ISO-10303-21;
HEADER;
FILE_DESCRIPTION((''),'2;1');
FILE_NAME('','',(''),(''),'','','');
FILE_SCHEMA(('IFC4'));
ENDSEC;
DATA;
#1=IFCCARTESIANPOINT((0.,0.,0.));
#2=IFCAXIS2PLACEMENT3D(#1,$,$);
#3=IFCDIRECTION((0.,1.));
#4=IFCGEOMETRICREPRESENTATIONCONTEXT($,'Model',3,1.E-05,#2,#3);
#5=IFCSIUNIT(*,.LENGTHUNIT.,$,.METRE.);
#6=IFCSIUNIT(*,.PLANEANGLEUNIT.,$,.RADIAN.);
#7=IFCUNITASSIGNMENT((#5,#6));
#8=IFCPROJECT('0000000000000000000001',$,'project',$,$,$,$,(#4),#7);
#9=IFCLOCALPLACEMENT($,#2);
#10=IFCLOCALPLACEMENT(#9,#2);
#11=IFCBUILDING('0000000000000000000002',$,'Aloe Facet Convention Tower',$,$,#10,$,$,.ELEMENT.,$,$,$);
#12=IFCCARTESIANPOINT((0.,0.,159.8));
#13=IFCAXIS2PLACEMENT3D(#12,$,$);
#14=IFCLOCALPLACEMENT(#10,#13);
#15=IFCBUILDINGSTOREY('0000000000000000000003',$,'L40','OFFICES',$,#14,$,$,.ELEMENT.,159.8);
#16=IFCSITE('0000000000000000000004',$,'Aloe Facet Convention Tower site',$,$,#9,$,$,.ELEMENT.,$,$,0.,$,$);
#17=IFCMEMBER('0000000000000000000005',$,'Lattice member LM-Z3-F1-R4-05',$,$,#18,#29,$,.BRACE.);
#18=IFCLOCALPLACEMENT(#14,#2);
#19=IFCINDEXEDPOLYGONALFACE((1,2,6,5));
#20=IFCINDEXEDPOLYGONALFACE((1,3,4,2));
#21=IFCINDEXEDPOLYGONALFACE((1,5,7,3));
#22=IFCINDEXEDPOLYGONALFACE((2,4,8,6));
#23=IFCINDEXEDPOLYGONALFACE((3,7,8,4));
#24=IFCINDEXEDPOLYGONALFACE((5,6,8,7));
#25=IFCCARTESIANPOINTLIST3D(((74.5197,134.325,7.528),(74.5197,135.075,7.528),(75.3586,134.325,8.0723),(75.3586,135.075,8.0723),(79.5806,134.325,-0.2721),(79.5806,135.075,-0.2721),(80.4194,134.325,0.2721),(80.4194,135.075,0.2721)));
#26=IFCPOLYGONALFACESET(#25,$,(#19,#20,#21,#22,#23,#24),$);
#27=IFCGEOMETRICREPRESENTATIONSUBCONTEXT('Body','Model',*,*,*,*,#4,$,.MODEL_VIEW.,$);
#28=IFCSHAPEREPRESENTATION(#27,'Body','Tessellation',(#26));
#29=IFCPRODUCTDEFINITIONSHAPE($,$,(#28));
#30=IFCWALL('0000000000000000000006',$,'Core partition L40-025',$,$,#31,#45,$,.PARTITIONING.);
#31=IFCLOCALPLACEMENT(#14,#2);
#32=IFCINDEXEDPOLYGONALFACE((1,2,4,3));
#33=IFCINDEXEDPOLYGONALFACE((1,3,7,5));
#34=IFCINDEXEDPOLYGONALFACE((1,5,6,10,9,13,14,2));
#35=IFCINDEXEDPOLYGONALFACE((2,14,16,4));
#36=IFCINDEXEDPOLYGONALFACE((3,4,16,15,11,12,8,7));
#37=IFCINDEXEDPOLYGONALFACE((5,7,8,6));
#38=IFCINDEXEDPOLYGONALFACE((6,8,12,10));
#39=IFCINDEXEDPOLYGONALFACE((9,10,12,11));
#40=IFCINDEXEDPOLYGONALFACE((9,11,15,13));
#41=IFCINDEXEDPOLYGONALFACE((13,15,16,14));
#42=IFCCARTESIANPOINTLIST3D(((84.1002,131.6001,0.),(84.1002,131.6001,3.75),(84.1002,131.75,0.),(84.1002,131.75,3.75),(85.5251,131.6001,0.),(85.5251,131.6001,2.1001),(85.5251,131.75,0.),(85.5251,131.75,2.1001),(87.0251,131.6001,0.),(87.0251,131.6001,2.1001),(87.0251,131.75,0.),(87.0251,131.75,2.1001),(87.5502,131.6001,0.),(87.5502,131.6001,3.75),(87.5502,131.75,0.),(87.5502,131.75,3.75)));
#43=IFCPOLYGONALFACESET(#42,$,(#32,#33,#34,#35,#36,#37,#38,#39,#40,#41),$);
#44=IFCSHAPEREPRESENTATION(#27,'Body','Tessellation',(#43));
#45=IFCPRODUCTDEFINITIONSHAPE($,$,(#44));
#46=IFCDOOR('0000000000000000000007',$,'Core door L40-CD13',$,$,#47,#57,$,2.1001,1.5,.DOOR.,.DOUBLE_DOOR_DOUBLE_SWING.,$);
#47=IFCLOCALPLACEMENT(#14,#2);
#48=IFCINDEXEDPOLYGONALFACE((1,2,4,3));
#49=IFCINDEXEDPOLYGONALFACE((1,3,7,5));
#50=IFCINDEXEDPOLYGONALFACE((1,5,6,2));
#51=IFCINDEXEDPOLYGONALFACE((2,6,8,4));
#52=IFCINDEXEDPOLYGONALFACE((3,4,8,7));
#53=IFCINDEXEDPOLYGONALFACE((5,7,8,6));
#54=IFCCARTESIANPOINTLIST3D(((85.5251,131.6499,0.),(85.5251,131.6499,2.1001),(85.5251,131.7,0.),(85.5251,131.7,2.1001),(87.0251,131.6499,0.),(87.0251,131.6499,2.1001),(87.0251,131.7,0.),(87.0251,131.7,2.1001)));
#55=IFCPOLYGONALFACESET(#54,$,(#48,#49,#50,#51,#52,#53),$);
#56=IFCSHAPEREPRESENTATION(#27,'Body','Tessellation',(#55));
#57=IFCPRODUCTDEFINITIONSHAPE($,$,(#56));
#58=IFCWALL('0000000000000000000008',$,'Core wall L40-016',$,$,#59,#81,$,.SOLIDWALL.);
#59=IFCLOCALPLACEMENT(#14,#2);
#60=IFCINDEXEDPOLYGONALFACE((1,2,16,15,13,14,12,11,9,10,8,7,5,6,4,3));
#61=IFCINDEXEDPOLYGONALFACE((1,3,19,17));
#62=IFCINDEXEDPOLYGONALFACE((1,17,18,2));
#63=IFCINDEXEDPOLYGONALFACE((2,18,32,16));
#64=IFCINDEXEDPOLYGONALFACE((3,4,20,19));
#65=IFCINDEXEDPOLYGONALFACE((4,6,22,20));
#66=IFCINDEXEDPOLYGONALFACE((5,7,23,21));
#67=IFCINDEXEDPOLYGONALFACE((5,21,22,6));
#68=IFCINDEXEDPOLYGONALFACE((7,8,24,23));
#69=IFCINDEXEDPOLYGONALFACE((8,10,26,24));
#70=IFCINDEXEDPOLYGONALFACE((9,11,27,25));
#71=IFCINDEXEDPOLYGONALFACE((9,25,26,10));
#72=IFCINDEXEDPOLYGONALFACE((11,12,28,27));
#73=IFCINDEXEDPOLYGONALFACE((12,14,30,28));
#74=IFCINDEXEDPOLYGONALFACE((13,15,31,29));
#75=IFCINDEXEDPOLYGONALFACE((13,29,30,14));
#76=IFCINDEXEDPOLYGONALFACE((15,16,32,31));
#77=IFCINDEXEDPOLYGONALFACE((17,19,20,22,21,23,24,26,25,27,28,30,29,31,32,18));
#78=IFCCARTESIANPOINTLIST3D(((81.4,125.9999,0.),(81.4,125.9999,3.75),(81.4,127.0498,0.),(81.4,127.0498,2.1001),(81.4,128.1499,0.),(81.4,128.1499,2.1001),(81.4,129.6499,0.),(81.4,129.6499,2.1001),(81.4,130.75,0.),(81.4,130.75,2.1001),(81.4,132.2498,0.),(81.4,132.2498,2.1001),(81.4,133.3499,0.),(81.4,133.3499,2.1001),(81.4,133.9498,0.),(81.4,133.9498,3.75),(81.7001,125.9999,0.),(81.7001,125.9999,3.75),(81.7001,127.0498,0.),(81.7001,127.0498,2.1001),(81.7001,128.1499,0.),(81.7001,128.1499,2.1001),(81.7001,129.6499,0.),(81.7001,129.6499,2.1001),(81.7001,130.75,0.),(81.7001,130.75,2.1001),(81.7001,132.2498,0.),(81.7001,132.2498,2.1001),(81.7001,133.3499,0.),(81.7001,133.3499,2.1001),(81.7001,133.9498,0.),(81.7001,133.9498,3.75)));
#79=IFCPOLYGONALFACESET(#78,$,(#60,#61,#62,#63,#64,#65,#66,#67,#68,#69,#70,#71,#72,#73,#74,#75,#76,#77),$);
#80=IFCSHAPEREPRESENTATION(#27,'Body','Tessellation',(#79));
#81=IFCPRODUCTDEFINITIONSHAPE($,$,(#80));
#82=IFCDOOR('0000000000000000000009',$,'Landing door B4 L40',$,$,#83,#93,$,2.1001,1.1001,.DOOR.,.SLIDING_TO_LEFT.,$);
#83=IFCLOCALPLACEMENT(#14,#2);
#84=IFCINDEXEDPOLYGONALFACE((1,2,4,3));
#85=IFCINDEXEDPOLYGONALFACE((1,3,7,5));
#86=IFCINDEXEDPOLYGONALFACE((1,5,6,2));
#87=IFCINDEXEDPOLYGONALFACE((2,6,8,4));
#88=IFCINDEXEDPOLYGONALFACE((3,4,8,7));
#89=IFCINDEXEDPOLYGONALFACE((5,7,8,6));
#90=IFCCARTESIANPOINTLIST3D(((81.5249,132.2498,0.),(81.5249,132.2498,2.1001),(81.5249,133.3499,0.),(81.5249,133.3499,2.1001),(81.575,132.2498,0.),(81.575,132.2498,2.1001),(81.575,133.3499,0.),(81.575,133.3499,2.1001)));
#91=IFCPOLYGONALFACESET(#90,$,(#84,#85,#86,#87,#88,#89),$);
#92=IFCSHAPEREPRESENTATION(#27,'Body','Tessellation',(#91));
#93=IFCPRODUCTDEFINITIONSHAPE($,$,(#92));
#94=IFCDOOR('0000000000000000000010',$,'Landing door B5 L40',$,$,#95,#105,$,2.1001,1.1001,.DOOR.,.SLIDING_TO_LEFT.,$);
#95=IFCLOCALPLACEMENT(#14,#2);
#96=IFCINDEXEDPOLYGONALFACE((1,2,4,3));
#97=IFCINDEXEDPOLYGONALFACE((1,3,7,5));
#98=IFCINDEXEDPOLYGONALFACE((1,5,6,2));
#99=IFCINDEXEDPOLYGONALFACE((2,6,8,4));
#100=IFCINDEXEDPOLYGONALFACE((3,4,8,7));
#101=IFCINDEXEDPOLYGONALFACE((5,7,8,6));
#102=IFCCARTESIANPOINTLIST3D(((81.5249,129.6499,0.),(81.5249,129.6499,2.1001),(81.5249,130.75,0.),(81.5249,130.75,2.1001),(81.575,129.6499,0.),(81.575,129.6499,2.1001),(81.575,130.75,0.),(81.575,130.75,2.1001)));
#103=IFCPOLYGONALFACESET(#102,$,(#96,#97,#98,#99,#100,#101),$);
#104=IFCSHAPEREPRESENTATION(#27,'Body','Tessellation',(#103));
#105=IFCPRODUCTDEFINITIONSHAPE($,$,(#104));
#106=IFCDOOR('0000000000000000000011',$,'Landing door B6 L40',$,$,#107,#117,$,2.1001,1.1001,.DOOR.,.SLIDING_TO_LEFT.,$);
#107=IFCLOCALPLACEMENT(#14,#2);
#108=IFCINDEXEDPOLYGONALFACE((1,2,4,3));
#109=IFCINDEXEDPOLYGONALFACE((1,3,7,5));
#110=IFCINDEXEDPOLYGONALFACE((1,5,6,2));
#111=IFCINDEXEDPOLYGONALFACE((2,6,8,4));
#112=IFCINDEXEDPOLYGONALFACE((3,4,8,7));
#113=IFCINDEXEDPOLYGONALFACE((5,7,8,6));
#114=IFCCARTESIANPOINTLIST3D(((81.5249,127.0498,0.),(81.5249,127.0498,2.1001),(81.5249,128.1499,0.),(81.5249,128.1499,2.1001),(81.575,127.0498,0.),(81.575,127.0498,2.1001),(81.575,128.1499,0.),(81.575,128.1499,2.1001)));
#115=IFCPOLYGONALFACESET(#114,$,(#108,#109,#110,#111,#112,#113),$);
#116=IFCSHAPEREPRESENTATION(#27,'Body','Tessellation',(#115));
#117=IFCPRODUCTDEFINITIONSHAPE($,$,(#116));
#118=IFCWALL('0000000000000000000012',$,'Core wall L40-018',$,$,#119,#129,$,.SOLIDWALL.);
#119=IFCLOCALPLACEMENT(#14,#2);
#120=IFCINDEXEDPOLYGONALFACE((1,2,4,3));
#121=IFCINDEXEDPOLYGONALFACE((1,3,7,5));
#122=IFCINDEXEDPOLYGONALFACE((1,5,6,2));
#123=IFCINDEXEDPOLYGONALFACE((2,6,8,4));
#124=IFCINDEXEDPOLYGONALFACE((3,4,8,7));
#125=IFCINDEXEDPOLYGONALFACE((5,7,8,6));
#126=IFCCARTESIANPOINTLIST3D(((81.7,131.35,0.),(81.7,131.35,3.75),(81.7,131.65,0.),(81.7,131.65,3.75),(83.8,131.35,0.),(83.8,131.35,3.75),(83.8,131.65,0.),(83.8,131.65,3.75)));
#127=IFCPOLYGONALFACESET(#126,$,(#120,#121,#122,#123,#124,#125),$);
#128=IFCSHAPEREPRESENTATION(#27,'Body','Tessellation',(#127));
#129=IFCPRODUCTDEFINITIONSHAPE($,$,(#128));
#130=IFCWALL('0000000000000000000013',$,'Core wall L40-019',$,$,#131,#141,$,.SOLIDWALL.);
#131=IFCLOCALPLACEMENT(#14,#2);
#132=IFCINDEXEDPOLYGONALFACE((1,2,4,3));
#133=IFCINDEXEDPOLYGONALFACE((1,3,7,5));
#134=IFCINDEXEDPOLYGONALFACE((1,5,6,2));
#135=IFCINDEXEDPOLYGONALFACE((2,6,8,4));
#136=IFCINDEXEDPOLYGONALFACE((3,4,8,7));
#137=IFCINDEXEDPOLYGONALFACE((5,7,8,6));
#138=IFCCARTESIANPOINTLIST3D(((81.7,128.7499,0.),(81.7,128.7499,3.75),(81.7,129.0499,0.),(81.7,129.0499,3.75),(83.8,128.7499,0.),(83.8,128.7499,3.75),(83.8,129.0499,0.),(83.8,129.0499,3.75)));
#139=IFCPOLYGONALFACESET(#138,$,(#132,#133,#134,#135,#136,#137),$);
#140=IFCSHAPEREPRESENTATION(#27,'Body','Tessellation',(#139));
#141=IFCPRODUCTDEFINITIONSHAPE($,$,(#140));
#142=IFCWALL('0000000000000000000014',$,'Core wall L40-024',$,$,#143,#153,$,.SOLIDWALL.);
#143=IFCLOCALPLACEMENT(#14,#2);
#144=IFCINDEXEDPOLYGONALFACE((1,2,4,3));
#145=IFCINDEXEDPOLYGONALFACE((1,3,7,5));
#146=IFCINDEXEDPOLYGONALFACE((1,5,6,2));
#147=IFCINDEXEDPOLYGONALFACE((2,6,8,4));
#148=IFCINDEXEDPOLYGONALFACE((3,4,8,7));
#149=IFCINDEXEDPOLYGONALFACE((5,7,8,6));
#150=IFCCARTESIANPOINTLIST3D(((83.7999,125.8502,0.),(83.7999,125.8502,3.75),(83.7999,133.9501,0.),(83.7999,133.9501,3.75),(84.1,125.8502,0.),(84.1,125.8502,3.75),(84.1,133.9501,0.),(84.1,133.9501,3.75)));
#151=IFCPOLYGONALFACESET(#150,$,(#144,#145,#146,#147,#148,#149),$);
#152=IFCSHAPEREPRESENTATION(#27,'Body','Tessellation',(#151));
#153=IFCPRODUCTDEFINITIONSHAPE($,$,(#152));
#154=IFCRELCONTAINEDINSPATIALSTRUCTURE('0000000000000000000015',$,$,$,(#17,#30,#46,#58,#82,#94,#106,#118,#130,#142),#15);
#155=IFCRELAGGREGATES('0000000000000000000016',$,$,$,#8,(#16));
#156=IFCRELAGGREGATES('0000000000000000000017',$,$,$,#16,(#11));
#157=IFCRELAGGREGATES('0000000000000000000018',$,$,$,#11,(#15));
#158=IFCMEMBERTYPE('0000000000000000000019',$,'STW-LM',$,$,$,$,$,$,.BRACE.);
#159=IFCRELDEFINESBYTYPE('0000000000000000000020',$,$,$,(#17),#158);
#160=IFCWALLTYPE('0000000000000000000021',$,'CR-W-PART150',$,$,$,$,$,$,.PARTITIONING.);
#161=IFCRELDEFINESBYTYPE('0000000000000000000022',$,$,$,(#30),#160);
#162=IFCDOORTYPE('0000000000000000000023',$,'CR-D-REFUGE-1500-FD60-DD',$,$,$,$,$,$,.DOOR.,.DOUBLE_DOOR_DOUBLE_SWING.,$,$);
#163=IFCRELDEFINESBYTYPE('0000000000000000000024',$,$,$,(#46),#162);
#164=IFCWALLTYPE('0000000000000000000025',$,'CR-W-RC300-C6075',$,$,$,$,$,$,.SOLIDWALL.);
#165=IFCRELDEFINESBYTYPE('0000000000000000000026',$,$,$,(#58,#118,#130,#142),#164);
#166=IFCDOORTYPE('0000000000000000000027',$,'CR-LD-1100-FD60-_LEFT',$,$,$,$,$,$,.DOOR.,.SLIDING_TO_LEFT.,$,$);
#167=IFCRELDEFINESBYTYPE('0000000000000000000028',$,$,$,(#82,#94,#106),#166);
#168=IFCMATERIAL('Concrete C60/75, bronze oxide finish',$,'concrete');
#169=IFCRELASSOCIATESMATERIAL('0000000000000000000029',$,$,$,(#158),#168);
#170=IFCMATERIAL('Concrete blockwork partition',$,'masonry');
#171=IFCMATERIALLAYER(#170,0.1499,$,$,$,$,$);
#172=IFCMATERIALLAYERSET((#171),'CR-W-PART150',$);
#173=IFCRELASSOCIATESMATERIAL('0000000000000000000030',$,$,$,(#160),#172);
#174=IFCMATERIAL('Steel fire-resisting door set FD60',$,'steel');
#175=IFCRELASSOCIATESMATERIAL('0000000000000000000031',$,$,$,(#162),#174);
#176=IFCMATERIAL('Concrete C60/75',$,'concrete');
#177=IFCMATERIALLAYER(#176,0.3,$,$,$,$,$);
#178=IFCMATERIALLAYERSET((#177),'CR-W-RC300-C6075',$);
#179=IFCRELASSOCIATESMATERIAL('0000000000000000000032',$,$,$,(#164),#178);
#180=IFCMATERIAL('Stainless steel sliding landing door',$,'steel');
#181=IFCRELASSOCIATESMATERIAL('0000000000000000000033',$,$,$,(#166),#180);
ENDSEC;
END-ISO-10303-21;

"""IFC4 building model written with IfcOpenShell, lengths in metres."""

from ifc_helpers import new_model, si_unit, direction, frame, frame_2d, origin, origin_2d, place, context, subcontext, project, spatial, rectangle, extrude, material, layer, layer_set, material_profile, profile_set, type_object, element, fill, save


model = new_model("IFC4")

# Units and contexts
model_context = context("Model", 3, precision=1e-05, world=origin(), true_north=direction((0.0, 1.0)))
body_context = subcontext(model_context, "Body", "Model", "MODEL_VIEW")
ifc_project = project(units=[si_unit("LENGTHUNIT", "METRE"), si_unit("PLANEANGLEUNIT", "RADIAN")], contexts=[model_context])

# Site, building, storey
site_placement = place(None, origin())
site = spatial("IfcSite", under=ifc_project, at=site_placement, Name="Aloe Facet Convention Tower site", CompositionType="ELEMENT", RefElevation=0.0)
building_placement = place(site_placement, origin())
building = spatial("IfcBuilding", under=site, at=building_placement, Name="Aloe Facet Convention Tower", CompositionType="ELEMENT")
storey_placement = place(building_placement, frame((0.0, 0.0, 159.8)))
storey = spatial("IfcBuildingStorey", under=building, at=storey_placement, Name="L40", Description="OFFICES", CompositionType="ELEMENT", Elevation=159.8)

# Member
ifc_material_1 = material(Name="Concrete C60/75, bronze oxide finish", Category="concrete")
ifc_material_profile = material_profile(ifc_material_1, rectangle(XDim=0.75, YDim=1.0, at=origin_2d()), Name="STW-LM")
ifc_profile_set = profile_set([ifc_material_profile], Name="Concrete C60/75, bronze oxide finish")
member_type = type_object("IfcMemberType", Name="STW-LM", PredefinedType="BRACE", material=ifc_profile_set)
member_placement = place(storey_placement, frame((80.0, 134.7, 0.0), z_axis=(-0.54429, 0.0, 0.838897), x_axis=(0.0, -1.0, 0.0)))
element("IfcMember", 1, at=member_placement, inside=storey, type_object=member_type, Name="Lattice member LM-Z3-F1-R4-05", PredefinedType="BRACE", context=body_context, shape_type="SweptSolid", body=[
    extrude(rectangle(XDim=0.75, YDim=1.0, at=origin_2d()), origin(), (0.0, 0.0, 1.0), 9.2981),
])

# Wall, opening, door
ifc_material_2 = material(Name="Concrete blockwork partition", Category="masonry")
ifc_layer_1 = layer(ifc_material_2, 0.1499)
ifc_layer_set_1 = layer_set([ifc_layer_1], Name="CR-W-PART150")
wall_type_1 = type_object("IfcWallType", Name="CR-W-PART150", PredefinedType="PARTITIONING", material=ifc_layer_set_1)
wall_1_placement = place(storey_placement, frame((84.1001, 131.675, 0.0), z_axis=(0.0, 0.0, 1.0), x_axis=(1.0, 0.0, 0.0)))
wall_1 = element("IfcWall", 2, at=wall_1_placement, inside=storey, type_object=wall_type_1, Name="Core partition L40-025", PredefinedType="PARTITIONING", context=body_context, shape_type="SweptSolid", body=[
    extrude(rectangle(XDim=3.45, YDim=0.1499, at=frame_2d((1.7251, 0.0))), origin(), (0.0, 0.0, 1.0), 3.75),
])
opening_1_placement = place(wall_1_placement, frame((1.425, 0.0, 0.0)))
opening_1 = element("IfcOpeningElement", 3, at=opening_1_placement, cuts=wall_1, PredefinedType="OPENING", context=body_context, shape_type="SweptSolid", body=[
    extrude(rectangle(XDim=1.5, YDim=2.1001, at=frame_2d((0.75, 1.05))), frame((0.0, 0.085, 0.0), z_axis=(0.0, -1.0, 0.0), x_axis=(1.0, 0.0, 0.0)), (0.0, 0.0, 1.0), 0.1699),
])
ifc_material_3 = material(Name="Steel fire-resisting door set FD60", Category="steel")
door_type_1 = type_object("IfcDoorType", Name="CR-D-REFUGE-1500-FD60-DD", OperationType="DOUBLE_DOOR_DOUBLE_SWING", PredefinedType="DOOR", material=ifc_material_3)
door_1_placement = place(opening_1_placement, origin())
door_1 = element("IfcDoor", 4, at=door_1_placement, inside=storey, type_object=door_type_1, Name="Core door L40-CD13", OperationType="DOUBLE_DOOR_DOUBLE_SWING", OverallHeight=2.1001, OverallWidth=1.5, PredefinedType="DOOR", context=body_context, shape_type="SweptSolid", body=[
    extrude(rectangle(XDim=1.5, YDim=2.1001, at=frame_2d((0.75, 1.05))), frame((0.0, 0.0249, 0.0), z_axis=(0.0, -1.0, 0.0), x_axis=(1.0, 0.0, 0.0)), (0.0, 0.0, 1.0), 0.05),
])
fill(opening_1, door_1)

# Wall, openings, doors
ifc_material_4 = material(Name="Concrete C60/75", Category="concrete")
ifc_layer_2 = layer(ifc_material_4, 0.3)
ifc_layer_set_2 = layer_set([ifc_layer_2], Name="CR-W-RC300-C6075")
wall_type_2 = type_object("IfcWallType", Name="CR-W-RC300-C6075", PredefinedType="SOLIDWALL", material=ifc_layer_set_2)
wall_2_placement = place(storey_placement, frame((81.55, 133.95, 0.0), z_axis=(0.0, 0.0, 1.0), x_axis=(0.0, -1.0, 0.0)))
wall_2 = element("IfcWall", 5, at=wall_2_placement, inside=storey, type_object=wall_type_2, Name="Core wall L40-016", PredefinedType="SOLIDWALL", context=body_context, shape_type="SweptSolid", body=[
    extrude(rectangle(XDim=7.95, YDim=0.3, at=frame_2d((3.9751, 0.0))), origin(), (0.0, 0.0, 1.0), 3.75),
])
opening_2_placement = place(wall_2_placement, frame((0.6001, 0.0, 0.0)))
opening_2 = element("IfcOpeningElement", 6, at=opening_2_placement, cuts=wall_2, PredefinedType="OPENING", context=body_context, shape_type="SweptSolid", body=[
    extrude(rectangle(XDim=1.1001, YDim=2.1001, at=frame_2d((0.55, 1.05))), frame((0.0, 0.1602, 0.0), z_axis=(0.0, -1.0, 0.0), x_axis=(1.0, 0.0, 0.0)), (0.0, 0.0, 1.0), 0.3201),
])
opening_3_placement = place(wall_2_placement, frame((3.2, 0.0, 0.0)))
opening_3 = element("IfcOpeningElement", 7, at=opening_3_placement, cuts=wall_2, PredefinedType="OPENING", context=body_context, shape_type="SweptSolid", body=[
    extrude(rectangle(XDim=1.1001, YDim=2.1001, at=frame_2d((0.55, 1.05))), frame((0.0, 0.1602, 0.0), z_axis=(0.0, -1.0, 0.0), x_axis=(1.0, 0.0, 0.0)), (0.0, 0.0, 1.0), 0.3201),
])
opening_4_placement = place(wall_2_placement, frame((5.8, 0.0, 0.0)))
opening_4 = element("IfcOpeningElement", 8, at=opening_4_placement, cuts=wall_2, PredefinedType="OPENING", context=body_context, shape_type="SweptSolid", body=[
    extrude(rectangle(XDim=1.1001, YDim=2.1001, at=frame_2d((0.55, 1.05))), frame((0.0, 0.1602, 0.0), z_axis=(0.0, -1.0, 0.0), x_axis=(1.0, 0.0, 0.0)), (0.0, 0.0, 1.0), 0.3201),
])
ifc_material_5 = material(Name="Stainless steel sliding landing door", Category="steel")
door_type_2 = type_object("IfcDoorType", Name="CR-LD-1100-FD60-_LEFT", OperationType="SLIDING_TO_LEFT", PredefinedType="DOOR", material=ifc_material_5)
door_2_placement = place(opening_2_placement, origin())
door_2 = element("IfcDoor", 9, at=door_2_placement, inside=storey, type_object=door_type_2, Name="Landing door B4 L40", OperationType="SLIDING_TO_LEFT", OverallHeight=2.1001, OverallWidth=1.1001, PredefinedType="DOOR", context=body_context, shape_type="SweptSolid", body=[
    extrude(rectangle(XDim=1.1001, YDim=2.1001, at=frame_2d((0.55, 1.05))), frame((0.0, 0.0249, 0.0), z_axis=(0.0, -1.0, 0.0), x_axis=(1.0, 0.0, 0.0)), (0.0, 0.0, 1.0), 0.05),
])
fill(opening_2, door_2)
door_3_placement = place(opening_3_placement, origin())
door_3 = element("IfcDoor", 10, at=door_3_placement, inside=storey, type_object=door_type_2, Name="Landing door B5 L40", OperationType="SLIDING_TO_LEFT", OverallHeight=2.1001, OverallWidth=1.1001, PredefinedType="DOOR", context=body_context, shape_type="SweptSolid", body=[
    extrude(rectangle(XDim=1.1001, YDim=2.1001, at=frame_2d((0.55, 1.05))), frame((0.0, 0.0249, 0.0), z_axis=(0.0, -1.0, 0.0), x_axis=(1.0, 0.0, 0.0)), (0.0, 0.0, 1.0), 0.05),
])
fill(opening_3, door_3)
door_4_placement = place(opening_4_placement, origin())
door_4 = element("IfcDoor", 11, at=door_4_placement, inside=storey, type_object=door_type_2, Name="Landing door B6 L40", OperationType="SLIDING_TO_LEFT", OverallHeight=2.1001, OverallWidth=1.1001, PredefinedType="DOOR", context=body_context, shape_type="SweptSolid", body=[
    extrude(rectangle(XDim=1.1001, YDim=2.1001, at=frame_2d((0.55, 1.05))), frame((0.0, 0.0249, 0.0), z_axis=(0.0, -1.0, 0.0), x_axis=(1.0, 0.0, 0.0)), (0.0, 0.0, 1.0), 0.05),
])
fill(opening_4, door_4)

# Walls
for number, where, z_axis, x_axis, name in (
    (12, (81.7, 131.5, 0.0), (0.0, 0.0, 1.0), (1.0, 0.0, 0.0), "Core wall L40-018"),
    (13, (81.7, 128.8999, 0.0), (0.0, 0.0, 1.0), (1.0, 0.0, 0.0), "Core wall L40-019"),
):
    element("IfcWall", number, at=place(storey_placement, frame(where, z_axis=z_axis, x_axis=x_axis)), inside=storey, type_object=wall_type_2, Name=name, PredefinedType="SOLIDWALL", context=body_context, shape_type="SweptSolid", body=[
        extrude(rectangle(XDim=2.1001, YDim=0.3, at=frame_2d((1.05, 0.0))), origin(), (0.0, 0.0, 1.0), 3.75),
    ])
wall_3_placement = place(storey_placement, frame((83.95, 133.95, 0.0), z_axis=(0.0, 0.0, 1.0), x_axis=(0.0, -1.0, 0.0)))
element("IfcWall", 14, at=wall_3_placement, inside=storey, type_object=wall_type_2, Name="Core wall L40-024", PredefinedType="SOLIDWALL", context=body_context, shape_type="SweptSolid", body=[
    extrude(rectangle(XDim=8.0999, YDim=0.3, at=frame_2d((4.0498, 0.0))), origin(), (0.0, 0.0, 1.0), 3.75),
])

save(model, "model.ifc")
